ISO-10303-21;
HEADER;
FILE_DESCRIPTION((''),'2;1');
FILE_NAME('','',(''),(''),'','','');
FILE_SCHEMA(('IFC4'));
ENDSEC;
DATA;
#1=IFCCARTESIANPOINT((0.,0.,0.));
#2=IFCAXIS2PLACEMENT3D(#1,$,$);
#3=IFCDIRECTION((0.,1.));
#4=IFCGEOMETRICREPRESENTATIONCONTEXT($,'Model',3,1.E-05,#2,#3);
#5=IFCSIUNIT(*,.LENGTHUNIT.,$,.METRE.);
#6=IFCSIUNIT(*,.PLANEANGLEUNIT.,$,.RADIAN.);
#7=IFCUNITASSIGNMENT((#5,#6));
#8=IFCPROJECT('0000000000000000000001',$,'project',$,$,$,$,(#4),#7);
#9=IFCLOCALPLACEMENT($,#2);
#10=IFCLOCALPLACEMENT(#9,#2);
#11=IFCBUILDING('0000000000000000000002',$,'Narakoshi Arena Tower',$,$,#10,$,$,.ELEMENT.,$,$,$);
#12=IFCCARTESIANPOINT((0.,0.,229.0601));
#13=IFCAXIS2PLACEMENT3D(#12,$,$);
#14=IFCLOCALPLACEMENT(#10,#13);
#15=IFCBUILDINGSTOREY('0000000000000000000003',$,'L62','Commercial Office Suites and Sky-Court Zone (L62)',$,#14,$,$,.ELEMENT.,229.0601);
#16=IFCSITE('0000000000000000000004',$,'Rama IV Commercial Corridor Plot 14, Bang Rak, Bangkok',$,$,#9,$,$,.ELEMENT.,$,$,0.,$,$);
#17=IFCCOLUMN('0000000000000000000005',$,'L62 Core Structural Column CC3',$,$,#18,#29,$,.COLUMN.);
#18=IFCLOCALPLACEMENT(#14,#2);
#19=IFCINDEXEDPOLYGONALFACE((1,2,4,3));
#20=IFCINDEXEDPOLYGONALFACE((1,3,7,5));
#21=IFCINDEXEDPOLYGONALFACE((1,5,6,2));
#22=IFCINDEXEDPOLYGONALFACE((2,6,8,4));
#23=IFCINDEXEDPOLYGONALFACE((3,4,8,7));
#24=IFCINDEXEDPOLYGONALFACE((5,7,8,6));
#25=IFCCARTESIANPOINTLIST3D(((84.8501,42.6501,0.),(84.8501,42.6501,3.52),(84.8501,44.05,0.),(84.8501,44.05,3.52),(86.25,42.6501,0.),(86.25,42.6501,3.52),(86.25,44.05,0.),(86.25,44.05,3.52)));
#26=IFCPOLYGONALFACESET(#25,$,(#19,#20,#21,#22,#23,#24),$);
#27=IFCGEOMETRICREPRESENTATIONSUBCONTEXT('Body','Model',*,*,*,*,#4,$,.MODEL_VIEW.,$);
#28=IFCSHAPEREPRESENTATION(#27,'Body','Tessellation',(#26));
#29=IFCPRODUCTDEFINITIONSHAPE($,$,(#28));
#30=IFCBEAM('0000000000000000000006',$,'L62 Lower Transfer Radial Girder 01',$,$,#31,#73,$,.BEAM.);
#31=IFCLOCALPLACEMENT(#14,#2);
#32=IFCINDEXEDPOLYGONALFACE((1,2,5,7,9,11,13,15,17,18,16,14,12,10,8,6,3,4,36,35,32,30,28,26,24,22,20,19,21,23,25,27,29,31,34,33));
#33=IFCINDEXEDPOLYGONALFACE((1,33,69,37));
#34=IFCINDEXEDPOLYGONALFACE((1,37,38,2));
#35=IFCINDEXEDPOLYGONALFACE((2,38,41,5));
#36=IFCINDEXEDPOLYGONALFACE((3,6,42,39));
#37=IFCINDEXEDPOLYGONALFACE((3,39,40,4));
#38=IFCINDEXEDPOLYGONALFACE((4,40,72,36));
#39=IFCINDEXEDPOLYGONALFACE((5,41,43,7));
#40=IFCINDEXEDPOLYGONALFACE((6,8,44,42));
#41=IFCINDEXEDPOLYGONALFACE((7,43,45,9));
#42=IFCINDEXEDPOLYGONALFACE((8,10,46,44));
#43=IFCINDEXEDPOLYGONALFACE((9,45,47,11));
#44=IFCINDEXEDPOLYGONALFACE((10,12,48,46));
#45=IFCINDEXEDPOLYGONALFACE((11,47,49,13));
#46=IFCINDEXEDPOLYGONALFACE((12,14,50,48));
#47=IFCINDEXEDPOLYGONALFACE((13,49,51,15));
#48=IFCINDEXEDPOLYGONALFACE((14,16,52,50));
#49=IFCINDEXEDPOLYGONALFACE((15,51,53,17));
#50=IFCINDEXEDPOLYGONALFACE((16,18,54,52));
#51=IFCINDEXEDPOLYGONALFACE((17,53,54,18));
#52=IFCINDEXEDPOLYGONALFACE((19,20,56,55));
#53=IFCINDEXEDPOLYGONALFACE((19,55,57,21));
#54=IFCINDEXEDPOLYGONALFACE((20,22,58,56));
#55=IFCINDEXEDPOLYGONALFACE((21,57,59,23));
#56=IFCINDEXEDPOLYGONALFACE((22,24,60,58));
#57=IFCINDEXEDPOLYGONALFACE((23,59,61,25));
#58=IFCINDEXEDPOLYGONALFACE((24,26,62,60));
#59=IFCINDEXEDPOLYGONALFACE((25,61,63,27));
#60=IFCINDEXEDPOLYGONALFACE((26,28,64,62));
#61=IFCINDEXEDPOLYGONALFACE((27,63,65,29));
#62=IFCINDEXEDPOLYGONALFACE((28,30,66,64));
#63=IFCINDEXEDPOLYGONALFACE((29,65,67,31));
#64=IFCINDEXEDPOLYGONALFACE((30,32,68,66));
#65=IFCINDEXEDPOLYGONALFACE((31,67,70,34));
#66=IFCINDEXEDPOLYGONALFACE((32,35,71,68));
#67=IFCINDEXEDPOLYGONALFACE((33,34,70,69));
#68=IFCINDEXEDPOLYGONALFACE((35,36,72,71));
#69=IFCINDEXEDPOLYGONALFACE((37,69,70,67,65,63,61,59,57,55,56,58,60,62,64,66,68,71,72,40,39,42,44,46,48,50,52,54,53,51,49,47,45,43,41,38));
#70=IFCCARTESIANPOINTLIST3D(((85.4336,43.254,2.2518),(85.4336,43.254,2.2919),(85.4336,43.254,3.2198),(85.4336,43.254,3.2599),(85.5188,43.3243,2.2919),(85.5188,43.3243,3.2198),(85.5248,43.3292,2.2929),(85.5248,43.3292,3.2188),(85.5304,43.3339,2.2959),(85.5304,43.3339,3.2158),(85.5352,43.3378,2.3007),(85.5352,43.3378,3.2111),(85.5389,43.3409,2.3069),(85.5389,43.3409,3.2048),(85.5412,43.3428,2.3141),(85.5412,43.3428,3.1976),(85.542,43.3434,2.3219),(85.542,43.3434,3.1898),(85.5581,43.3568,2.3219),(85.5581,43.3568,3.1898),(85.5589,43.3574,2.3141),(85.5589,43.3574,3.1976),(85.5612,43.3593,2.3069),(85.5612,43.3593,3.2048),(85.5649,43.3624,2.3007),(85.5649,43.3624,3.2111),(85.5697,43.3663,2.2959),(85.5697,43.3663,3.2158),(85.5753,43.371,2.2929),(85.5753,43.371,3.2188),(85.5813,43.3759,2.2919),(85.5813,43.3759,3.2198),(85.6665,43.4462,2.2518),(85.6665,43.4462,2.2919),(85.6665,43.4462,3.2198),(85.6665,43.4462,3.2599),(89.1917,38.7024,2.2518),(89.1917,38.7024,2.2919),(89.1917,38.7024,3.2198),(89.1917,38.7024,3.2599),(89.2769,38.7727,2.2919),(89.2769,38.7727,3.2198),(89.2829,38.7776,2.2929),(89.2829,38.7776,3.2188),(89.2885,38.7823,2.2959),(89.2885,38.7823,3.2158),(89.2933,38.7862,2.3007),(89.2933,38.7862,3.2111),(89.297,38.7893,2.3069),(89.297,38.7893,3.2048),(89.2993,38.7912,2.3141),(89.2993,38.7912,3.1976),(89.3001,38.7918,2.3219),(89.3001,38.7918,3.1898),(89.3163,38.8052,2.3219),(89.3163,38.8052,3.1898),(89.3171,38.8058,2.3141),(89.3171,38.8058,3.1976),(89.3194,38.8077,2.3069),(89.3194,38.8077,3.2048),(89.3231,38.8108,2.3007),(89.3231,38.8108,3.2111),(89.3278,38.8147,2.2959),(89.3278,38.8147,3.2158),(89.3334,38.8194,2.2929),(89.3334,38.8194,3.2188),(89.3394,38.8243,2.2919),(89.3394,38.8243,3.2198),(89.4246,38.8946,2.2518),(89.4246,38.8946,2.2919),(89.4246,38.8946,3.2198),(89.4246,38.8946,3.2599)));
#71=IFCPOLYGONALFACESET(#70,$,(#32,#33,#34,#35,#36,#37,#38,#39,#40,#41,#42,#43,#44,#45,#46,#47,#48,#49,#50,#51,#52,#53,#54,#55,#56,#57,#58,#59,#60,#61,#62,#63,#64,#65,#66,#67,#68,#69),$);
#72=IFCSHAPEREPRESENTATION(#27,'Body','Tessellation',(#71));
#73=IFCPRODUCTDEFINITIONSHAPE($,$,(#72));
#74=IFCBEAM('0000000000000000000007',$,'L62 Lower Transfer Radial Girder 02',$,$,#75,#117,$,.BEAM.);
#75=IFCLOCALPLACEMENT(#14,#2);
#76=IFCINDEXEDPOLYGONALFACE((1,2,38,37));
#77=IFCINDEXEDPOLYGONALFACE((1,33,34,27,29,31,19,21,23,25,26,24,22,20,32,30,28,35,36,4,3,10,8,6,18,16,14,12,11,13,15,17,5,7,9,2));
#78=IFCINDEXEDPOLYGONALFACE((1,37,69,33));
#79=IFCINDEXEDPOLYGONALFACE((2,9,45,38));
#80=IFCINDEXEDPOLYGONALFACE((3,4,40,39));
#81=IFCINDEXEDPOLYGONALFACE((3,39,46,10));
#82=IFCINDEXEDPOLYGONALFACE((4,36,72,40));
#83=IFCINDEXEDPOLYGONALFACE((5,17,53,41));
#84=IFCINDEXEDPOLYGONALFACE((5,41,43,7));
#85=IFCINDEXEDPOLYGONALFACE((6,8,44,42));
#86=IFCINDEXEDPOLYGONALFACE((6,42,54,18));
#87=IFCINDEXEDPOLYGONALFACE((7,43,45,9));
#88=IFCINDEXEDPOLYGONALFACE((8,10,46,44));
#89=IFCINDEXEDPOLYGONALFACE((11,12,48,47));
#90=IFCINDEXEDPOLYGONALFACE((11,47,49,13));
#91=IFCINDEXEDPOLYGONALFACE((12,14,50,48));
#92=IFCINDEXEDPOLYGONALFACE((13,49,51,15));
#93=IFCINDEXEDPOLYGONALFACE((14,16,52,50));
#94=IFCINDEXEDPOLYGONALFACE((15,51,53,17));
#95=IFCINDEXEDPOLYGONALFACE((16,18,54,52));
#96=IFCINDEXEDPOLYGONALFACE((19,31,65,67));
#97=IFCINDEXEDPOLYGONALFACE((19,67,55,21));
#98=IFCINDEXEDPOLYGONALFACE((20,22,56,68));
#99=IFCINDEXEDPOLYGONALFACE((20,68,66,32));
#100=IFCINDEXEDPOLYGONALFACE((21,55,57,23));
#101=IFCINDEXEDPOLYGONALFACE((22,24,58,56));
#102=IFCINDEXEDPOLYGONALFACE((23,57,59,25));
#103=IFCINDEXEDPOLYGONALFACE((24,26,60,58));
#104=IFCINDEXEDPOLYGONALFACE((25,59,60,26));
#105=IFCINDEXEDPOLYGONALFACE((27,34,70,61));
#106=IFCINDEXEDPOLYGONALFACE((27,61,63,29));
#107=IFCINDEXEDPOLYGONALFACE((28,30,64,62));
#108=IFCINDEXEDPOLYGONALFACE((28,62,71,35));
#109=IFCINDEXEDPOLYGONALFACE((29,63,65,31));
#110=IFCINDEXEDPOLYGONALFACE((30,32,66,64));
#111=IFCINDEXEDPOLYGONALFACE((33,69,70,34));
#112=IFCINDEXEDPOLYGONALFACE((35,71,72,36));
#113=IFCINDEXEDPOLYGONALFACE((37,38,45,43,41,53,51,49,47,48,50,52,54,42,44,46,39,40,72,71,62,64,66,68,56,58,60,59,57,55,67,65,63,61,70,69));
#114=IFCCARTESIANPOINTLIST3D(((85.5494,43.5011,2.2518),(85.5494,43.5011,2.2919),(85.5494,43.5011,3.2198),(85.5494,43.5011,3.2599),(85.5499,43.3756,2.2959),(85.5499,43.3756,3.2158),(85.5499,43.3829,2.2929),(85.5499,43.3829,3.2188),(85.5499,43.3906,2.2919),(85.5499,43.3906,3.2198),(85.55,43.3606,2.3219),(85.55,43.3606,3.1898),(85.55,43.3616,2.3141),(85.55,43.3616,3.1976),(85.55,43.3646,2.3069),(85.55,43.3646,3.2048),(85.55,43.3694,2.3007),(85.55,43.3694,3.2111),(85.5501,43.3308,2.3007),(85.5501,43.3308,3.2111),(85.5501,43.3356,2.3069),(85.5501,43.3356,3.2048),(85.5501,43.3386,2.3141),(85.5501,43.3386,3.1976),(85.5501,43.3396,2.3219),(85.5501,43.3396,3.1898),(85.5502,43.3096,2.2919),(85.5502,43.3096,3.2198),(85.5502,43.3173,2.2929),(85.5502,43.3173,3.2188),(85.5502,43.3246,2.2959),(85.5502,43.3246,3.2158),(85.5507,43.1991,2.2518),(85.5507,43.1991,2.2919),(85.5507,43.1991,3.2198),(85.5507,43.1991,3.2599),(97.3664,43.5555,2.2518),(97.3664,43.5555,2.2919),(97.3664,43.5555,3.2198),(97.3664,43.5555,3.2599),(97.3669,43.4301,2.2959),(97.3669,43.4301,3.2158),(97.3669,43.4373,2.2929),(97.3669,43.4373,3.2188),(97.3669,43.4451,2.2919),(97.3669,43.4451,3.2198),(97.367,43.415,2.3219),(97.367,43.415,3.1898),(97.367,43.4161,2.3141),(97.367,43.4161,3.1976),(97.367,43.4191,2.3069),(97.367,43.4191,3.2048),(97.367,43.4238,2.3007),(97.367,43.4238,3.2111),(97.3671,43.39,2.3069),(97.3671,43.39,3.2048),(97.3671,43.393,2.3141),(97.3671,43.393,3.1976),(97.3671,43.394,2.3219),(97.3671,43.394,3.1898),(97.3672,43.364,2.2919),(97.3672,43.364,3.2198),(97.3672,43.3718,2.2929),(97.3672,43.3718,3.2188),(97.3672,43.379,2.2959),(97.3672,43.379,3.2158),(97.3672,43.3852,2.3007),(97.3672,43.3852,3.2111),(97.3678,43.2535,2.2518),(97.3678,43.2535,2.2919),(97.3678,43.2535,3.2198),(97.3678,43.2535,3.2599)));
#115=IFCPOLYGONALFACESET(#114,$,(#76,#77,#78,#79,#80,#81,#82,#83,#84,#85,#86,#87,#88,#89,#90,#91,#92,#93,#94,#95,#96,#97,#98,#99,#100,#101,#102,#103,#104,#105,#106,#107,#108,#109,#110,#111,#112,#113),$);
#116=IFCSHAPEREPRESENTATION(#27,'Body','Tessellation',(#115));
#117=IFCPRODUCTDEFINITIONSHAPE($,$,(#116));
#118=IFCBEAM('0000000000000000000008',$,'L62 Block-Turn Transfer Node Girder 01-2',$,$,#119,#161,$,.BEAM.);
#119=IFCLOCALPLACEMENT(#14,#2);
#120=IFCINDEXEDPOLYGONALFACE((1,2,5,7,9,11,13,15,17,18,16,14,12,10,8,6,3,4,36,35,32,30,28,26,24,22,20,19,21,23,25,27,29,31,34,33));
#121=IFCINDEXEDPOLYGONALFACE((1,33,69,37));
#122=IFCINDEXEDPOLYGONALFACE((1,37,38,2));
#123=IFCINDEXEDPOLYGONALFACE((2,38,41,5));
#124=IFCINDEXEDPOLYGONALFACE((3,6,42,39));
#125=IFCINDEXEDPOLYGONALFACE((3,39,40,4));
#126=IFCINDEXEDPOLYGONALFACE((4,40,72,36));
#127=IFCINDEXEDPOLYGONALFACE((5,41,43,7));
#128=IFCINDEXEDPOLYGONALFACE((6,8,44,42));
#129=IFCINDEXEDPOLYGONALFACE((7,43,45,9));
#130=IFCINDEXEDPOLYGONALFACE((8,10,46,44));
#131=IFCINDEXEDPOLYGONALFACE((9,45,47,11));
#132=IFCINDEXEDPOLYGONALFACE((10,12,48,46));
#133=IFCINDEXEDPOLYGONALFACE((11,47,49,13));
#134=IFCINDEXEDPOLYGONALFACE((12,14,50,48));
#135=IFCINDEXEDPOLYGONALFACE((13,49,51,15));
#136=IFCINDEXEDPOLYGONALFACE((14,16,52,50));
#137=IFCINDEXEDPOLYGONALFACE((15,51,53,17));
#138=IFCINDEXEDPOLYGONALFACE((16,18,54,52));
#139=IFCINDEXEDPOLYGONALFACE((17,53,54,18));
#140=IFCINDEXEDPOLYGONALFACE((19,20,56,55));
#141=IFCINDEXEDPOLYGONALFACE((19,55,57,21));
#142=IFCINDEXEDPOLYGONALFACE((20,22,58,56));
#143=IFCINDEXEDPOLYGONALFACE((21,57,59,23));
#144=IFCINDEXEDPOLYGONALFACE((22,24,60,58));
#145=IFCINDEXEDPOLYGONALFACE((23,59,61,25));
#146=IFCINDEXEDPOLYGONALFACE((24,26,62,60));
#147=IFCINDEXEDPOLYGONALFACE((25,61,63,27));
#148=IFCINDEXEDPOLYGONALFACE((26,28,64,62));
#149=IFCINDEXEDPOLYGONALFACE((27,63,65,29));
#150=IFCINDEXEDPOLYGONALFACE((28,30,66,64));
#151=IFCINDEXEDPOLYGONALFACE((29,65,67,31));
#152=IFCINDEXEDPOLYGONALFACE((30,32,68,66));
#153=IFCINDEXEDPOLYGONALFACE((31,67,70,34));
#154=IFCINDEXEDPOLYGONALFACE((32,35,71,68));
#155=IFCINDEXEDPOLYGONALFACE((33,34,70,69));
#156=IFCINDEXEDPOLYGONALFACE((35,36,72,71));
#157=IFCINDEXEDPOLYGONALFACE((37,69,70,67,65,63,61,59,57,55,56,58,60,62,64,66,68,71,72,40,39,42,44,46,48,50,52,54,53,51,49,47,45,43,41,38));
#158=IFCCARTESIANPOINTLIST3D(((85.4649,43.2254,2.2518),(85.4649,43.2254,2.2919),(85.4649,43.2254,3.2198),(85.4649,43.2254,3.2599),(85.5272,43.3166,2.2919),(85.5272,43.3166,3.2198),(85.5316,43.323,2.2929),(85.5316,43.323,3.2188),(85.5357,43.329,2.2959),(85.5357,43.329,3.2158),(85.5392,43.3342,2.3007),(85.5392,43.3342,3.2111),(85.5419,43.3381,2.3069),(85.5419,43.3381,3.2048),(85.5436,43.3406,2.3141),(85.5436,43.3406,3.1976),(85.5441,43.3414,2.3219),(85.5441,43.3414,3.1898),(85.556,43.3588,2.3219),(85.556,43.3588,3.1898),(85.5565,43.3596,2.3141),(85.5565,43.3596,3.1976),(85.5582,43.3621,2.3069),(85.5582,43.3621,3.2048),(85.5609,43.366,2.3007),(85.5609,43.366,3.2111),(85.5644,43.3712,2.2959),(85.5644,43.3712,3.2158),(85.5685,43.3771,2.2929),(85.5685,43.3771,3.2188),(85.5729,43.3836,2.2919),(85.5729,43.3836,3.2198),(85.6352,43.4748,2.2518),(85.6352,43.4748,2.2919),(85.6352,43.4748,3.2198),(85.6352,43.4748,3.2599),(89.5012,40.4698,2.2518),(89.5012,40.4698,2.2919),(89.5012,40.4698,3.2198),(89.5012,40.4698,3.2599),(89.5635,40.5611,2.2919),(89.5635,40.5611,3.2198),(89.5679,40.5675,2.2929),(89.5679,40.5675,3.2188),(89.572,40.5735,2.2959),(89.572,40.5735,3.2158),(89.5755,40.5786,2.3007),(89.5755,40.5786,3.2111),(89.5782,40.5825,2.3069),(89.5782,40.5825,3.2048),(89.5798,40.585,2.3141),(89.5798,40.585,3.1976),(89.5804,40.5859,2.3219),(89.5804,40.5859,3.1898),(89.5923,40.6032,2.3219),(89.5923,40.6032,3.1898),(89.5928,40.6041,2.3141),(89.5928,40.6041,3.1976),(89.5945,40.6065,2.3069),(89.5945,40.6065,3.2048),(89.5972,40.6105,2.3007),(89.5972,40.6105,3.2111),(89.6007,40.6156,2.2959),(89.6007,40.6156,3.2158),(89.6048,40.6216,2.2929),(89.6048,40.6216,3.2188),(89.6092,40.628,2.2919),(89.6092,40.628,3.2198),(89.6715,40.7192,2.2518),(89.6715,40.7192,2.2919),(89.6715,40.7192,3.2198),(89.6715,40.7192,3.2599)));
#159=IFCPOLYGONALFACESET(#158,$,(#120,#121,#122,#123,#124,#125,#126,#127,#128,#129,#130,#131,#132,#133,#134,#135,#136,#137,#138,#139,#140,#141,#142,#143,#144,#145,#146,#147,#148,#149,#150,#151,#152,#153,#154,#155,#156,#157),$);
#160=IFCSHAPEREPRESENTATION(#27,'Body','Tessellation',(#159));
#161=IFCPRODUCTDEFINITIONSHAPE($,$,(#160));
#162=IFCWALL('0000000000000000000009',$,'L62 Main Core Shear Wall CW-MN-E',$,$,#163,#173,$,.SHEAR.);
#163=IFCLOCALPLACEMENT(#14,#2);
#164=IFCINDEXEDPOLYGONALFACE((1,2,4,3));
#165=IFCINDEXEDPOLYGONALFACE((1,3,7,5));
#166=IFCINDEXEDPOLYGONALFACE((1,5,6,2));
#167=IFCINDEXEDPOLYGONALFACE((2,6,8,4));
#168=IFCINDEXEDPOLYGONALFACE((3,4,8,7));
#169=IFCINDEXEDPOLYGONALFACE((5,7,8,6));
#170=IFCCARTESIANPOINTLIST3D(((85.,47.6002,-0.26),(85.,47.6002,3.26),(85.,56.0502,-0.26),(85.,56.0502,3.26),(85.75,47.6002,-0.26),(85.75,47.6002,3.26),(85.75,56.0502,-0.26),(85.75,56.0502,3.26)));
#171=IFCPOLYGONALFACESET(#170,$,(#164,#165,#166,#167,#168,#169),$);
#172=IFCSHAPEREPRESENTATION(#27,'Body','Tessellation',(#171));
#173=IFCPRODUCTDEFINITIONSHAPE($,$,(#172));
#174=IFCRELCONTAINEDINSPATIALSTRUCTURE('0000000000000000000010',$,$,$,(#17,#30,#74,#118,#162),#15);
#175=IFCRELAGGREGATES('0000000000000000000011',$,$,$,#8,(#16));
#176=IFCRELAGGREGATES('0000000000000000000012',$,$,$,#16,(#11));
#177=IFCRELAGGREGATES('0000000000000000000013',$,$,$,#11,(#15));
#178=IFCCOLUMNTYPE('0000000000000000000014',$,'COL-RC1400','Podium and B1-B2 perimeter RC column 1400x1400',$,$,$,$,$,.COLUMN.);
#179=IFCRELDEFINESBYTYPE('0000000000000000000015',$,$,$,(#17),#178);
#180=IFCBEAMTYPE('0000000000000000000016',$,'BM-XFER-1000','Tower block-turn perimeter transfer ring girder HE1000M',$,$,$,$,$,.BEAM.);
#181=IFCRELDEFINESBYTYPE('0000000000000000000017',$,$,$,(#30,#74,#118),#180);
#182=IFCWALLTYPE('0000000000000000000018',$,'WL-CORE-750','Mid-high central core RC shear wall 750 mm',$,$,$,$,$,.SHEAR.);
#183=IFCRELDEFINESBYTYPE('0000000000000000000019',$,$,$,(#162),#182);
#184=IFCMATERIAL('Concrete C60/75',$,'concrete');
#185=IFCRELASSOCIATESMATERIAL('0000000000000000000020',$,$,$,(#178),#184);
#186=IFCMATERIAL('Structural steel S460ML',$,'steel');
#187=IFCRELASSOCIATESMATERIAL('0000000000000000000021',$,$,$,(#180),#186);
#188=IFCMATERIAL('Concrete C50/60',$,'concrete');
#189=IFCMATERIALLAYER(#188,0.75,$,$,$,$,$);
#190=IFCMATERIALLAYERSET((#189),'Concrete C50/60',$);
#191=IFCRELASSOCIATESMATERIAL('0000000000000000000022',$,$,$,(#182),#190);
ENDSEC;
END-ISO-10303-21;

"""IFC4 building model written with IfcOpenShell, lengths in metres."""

from ifc_helpers import new_model, si_unit, direction, frame, frame_2d, origin, origin_2d, place, context, subcontext, project, spatial, rectangle, i_section, extrude, material, layer, layer_set, material_profile, profile_set, type_object, element, save


model = new_model("IFC4")

# Units and contexts
model_context = context("Model", 3, precision=1e-05, world=origin(), true_north=direction((0.0, 1.0)))
body_context = subcontext(model_context, "Body", "Model", "MODEL_VIEW")
ifc_project = project(units=[si_unit("LENGTHUNIT", "METRE"), si_unit("PLANEANGLEUNIT", "RADIAN")], contexts=[model_context])

# Site, building, storey
site_placement = place(None, origin())
site = spatial("IfcSite", under=ifc_project, at=site_placement, Name="Rama IV Commercial Corridor Plot 14, Bang Rak, Bangkok", CompositionType="ELEMENT", RefElevation=0.0)
building_placement = place(site_placement, origin())
building = spatial("IfcBuilding", under=site, at=building_placement, Name="Narakoshi Arena Tower", CompositionType="ELEMENT")
storey_placement = place(building_placement, frame((0.0, 0.0, 229.0601)))
storey = spatial("IfcBuildingStorey", under=building, at=storey_placement, Name="L62", Description="Commercial Office Suites and Sky-Court Zone (L62)", CompositionType="ELEMENT", Elevation=229.0601)

# Column
ifc_material_1 = material(Name="Concrete C60/75", Category="concrete")
ifc_material_profile_1 = material_profile(ifc_material_1, rectangle(XDim=1.3999, YDim=1.3999, at=origin_2d()), Name="RC1400x1400")
ifc_profile_set_1 = profile_set([ifc_material_profile_1], Name="Concrete C60/75")
column_type = type_object("IfcColumnType", Name="COL-RC1400", Description="Podium and B1-B2 perimeter RC column 1400x1400", PredefinedType="COLUMN", material=ifc_profile_set_1)
column_placement = place(storey_placement, frame((85.55, 43.3501, 0.0), z_axis=(0.0, 0.0, 1.0), x_axis=(1.0, 0.0, 0.0)))
element("IfcColumn", 1, at=column_placement, inside=storey, type_object=column_type, Name="L62 Core Structural Column CC3", PredefinedType="COLUMN", context=body_context, shape_type="SweptSolid", body=[
    extrude(rectangle(XDim=1.3999, YDim=1.3999, at=origin_2d()), origin(), (0.0, 0.0, 1.0), 3.52),
])

# Beams
ifc_material_2 = material(Name="Structural steel S460ML", Category="steel")
ifc_material_profile_2 = material_profile(ifc_material_2, i_section(OverallWidth=0.302, OverallDepth=1.0081, WebThickness=0.021, FlangeThickness=0.04, FilletRadius=0.03, at=origin_2d()), Name="HE1000M")
ifc_profile_set_2 = profile_set([ifc_material_profile_2], Name="Structural steel S460ML")
beam_type = type_object("IfcBeamType", Name="BM-XFER-1000", Description="Tower block-turn perimeter transfer ring girder HE1000M", PredefinedType="BEAM", material=ifc_profile_set_2)
beam_1_placement = place(storey_placement, frame((85.55, 43.3501, 2.7559), z_axis=(0.636691, -0.771119, 0.0), x_axis=(0.771119, 0.636691, 0.0)))
element("IfcBeam", 2, at=beam_1_placement, inside=storey, type_object=beam_type, Name="L62 Lower Transfer Radial Girder 01", PredefinedType="BEAM", context=body_context, shape_type="SweptSolid", body=[
    extrude(i_section(OverallWidth=0.302, OverallDepth=1.0081, WebThickness=0.021, FlangeThickness=0.04, FilletRadius=0.03, at=origin_2d()), origin(), (0.0, 0.0, 1.0), 5.9026),
])
beam_2_placement = place(storey_placement, frame((85.55, 43.3501, 2.7559), z_axis=(0.999989, 0.004607, 0.0), x_axis=(-0.004607, 0.999989, 0.0)))
element("IfcBeam", 3, at=beam_2_placement, inside=storey, type_object=beam_type, Name="L62 Lower Transfer Radial Girder 02", PredefinedType="BEAM", context=body_context, shape_type="SweptSolid", body=[
    extrude(i_section(OverallWidth=0.302, OverallDepth=1.0081, WebThickness=0.021, FlangeThickness=0.04, FilletRadius=0.03, at=origin_2d()), origin(), (0.0, 0.0, 1.0), 11.8171),
])
beam_3_placement = place(storey_placement, frame((85.55, 43.3501, 2.7559), z_axis=(0.82589, -0.563831, 0.0), x_axis=(0.563831, 0.82589, 0.0)))
element("IfcBeam", 4, at=beam_3_placement, inside=storey, type_object=beam_type, Name="L62 Block-Turn Transfer Node Girder 01-2", PredefinedType="BEAM", context=body_context, shape_type="SweptSolid", body=[
    extrude(i_section(OverallWidth=0.302, OverallDepth=1.0081, WebThickness=0.021, FlangeThickness=0.04, FilletRadius=0.03, at=origin_2d()), origin(), (0.0, 0.0, 1.0), 4.8872),
])

# Wall
ifc_material_3 = material(Name="Concrete C50/60", Category="concrete")
ifc_layer_1 = layer(ifc_material_3, 0.75)
ifc_layer_set_1 = layer_set([ifc_layer_1], Name="Concrete C50/60")
wall_type_1 = type_object("IfcWallType", Name="WL-CORE-750", Description="Mid-high central core RC shear wall 750 mm", PredefinedType="SHEAR", material=ifc_layer_set_1)
wall_1_placement = place(storey_placement, frame((85.375, 47.6001, -0.26), z_axis=(0.0, 0.0, 1.0), x_axis=(0.0, 1.0, 0.0)))
element("IfcWall", 5, at=wall_1_placement, inside=storey, type_object=wall_type_1, Name="L62 Main Core Shear Wall CW-MN-E", PredefinedType="SHEAR", context=body_context, shape_type="SweptSolid", body=[
    extrude(rectangle(XDim=8.45, YDim=0.75, at=frame_2d((4.2251, 0.0))), origin(), (0.0, 0.0, 1.0), 3.52),
])

save(model, "model.ifc")
